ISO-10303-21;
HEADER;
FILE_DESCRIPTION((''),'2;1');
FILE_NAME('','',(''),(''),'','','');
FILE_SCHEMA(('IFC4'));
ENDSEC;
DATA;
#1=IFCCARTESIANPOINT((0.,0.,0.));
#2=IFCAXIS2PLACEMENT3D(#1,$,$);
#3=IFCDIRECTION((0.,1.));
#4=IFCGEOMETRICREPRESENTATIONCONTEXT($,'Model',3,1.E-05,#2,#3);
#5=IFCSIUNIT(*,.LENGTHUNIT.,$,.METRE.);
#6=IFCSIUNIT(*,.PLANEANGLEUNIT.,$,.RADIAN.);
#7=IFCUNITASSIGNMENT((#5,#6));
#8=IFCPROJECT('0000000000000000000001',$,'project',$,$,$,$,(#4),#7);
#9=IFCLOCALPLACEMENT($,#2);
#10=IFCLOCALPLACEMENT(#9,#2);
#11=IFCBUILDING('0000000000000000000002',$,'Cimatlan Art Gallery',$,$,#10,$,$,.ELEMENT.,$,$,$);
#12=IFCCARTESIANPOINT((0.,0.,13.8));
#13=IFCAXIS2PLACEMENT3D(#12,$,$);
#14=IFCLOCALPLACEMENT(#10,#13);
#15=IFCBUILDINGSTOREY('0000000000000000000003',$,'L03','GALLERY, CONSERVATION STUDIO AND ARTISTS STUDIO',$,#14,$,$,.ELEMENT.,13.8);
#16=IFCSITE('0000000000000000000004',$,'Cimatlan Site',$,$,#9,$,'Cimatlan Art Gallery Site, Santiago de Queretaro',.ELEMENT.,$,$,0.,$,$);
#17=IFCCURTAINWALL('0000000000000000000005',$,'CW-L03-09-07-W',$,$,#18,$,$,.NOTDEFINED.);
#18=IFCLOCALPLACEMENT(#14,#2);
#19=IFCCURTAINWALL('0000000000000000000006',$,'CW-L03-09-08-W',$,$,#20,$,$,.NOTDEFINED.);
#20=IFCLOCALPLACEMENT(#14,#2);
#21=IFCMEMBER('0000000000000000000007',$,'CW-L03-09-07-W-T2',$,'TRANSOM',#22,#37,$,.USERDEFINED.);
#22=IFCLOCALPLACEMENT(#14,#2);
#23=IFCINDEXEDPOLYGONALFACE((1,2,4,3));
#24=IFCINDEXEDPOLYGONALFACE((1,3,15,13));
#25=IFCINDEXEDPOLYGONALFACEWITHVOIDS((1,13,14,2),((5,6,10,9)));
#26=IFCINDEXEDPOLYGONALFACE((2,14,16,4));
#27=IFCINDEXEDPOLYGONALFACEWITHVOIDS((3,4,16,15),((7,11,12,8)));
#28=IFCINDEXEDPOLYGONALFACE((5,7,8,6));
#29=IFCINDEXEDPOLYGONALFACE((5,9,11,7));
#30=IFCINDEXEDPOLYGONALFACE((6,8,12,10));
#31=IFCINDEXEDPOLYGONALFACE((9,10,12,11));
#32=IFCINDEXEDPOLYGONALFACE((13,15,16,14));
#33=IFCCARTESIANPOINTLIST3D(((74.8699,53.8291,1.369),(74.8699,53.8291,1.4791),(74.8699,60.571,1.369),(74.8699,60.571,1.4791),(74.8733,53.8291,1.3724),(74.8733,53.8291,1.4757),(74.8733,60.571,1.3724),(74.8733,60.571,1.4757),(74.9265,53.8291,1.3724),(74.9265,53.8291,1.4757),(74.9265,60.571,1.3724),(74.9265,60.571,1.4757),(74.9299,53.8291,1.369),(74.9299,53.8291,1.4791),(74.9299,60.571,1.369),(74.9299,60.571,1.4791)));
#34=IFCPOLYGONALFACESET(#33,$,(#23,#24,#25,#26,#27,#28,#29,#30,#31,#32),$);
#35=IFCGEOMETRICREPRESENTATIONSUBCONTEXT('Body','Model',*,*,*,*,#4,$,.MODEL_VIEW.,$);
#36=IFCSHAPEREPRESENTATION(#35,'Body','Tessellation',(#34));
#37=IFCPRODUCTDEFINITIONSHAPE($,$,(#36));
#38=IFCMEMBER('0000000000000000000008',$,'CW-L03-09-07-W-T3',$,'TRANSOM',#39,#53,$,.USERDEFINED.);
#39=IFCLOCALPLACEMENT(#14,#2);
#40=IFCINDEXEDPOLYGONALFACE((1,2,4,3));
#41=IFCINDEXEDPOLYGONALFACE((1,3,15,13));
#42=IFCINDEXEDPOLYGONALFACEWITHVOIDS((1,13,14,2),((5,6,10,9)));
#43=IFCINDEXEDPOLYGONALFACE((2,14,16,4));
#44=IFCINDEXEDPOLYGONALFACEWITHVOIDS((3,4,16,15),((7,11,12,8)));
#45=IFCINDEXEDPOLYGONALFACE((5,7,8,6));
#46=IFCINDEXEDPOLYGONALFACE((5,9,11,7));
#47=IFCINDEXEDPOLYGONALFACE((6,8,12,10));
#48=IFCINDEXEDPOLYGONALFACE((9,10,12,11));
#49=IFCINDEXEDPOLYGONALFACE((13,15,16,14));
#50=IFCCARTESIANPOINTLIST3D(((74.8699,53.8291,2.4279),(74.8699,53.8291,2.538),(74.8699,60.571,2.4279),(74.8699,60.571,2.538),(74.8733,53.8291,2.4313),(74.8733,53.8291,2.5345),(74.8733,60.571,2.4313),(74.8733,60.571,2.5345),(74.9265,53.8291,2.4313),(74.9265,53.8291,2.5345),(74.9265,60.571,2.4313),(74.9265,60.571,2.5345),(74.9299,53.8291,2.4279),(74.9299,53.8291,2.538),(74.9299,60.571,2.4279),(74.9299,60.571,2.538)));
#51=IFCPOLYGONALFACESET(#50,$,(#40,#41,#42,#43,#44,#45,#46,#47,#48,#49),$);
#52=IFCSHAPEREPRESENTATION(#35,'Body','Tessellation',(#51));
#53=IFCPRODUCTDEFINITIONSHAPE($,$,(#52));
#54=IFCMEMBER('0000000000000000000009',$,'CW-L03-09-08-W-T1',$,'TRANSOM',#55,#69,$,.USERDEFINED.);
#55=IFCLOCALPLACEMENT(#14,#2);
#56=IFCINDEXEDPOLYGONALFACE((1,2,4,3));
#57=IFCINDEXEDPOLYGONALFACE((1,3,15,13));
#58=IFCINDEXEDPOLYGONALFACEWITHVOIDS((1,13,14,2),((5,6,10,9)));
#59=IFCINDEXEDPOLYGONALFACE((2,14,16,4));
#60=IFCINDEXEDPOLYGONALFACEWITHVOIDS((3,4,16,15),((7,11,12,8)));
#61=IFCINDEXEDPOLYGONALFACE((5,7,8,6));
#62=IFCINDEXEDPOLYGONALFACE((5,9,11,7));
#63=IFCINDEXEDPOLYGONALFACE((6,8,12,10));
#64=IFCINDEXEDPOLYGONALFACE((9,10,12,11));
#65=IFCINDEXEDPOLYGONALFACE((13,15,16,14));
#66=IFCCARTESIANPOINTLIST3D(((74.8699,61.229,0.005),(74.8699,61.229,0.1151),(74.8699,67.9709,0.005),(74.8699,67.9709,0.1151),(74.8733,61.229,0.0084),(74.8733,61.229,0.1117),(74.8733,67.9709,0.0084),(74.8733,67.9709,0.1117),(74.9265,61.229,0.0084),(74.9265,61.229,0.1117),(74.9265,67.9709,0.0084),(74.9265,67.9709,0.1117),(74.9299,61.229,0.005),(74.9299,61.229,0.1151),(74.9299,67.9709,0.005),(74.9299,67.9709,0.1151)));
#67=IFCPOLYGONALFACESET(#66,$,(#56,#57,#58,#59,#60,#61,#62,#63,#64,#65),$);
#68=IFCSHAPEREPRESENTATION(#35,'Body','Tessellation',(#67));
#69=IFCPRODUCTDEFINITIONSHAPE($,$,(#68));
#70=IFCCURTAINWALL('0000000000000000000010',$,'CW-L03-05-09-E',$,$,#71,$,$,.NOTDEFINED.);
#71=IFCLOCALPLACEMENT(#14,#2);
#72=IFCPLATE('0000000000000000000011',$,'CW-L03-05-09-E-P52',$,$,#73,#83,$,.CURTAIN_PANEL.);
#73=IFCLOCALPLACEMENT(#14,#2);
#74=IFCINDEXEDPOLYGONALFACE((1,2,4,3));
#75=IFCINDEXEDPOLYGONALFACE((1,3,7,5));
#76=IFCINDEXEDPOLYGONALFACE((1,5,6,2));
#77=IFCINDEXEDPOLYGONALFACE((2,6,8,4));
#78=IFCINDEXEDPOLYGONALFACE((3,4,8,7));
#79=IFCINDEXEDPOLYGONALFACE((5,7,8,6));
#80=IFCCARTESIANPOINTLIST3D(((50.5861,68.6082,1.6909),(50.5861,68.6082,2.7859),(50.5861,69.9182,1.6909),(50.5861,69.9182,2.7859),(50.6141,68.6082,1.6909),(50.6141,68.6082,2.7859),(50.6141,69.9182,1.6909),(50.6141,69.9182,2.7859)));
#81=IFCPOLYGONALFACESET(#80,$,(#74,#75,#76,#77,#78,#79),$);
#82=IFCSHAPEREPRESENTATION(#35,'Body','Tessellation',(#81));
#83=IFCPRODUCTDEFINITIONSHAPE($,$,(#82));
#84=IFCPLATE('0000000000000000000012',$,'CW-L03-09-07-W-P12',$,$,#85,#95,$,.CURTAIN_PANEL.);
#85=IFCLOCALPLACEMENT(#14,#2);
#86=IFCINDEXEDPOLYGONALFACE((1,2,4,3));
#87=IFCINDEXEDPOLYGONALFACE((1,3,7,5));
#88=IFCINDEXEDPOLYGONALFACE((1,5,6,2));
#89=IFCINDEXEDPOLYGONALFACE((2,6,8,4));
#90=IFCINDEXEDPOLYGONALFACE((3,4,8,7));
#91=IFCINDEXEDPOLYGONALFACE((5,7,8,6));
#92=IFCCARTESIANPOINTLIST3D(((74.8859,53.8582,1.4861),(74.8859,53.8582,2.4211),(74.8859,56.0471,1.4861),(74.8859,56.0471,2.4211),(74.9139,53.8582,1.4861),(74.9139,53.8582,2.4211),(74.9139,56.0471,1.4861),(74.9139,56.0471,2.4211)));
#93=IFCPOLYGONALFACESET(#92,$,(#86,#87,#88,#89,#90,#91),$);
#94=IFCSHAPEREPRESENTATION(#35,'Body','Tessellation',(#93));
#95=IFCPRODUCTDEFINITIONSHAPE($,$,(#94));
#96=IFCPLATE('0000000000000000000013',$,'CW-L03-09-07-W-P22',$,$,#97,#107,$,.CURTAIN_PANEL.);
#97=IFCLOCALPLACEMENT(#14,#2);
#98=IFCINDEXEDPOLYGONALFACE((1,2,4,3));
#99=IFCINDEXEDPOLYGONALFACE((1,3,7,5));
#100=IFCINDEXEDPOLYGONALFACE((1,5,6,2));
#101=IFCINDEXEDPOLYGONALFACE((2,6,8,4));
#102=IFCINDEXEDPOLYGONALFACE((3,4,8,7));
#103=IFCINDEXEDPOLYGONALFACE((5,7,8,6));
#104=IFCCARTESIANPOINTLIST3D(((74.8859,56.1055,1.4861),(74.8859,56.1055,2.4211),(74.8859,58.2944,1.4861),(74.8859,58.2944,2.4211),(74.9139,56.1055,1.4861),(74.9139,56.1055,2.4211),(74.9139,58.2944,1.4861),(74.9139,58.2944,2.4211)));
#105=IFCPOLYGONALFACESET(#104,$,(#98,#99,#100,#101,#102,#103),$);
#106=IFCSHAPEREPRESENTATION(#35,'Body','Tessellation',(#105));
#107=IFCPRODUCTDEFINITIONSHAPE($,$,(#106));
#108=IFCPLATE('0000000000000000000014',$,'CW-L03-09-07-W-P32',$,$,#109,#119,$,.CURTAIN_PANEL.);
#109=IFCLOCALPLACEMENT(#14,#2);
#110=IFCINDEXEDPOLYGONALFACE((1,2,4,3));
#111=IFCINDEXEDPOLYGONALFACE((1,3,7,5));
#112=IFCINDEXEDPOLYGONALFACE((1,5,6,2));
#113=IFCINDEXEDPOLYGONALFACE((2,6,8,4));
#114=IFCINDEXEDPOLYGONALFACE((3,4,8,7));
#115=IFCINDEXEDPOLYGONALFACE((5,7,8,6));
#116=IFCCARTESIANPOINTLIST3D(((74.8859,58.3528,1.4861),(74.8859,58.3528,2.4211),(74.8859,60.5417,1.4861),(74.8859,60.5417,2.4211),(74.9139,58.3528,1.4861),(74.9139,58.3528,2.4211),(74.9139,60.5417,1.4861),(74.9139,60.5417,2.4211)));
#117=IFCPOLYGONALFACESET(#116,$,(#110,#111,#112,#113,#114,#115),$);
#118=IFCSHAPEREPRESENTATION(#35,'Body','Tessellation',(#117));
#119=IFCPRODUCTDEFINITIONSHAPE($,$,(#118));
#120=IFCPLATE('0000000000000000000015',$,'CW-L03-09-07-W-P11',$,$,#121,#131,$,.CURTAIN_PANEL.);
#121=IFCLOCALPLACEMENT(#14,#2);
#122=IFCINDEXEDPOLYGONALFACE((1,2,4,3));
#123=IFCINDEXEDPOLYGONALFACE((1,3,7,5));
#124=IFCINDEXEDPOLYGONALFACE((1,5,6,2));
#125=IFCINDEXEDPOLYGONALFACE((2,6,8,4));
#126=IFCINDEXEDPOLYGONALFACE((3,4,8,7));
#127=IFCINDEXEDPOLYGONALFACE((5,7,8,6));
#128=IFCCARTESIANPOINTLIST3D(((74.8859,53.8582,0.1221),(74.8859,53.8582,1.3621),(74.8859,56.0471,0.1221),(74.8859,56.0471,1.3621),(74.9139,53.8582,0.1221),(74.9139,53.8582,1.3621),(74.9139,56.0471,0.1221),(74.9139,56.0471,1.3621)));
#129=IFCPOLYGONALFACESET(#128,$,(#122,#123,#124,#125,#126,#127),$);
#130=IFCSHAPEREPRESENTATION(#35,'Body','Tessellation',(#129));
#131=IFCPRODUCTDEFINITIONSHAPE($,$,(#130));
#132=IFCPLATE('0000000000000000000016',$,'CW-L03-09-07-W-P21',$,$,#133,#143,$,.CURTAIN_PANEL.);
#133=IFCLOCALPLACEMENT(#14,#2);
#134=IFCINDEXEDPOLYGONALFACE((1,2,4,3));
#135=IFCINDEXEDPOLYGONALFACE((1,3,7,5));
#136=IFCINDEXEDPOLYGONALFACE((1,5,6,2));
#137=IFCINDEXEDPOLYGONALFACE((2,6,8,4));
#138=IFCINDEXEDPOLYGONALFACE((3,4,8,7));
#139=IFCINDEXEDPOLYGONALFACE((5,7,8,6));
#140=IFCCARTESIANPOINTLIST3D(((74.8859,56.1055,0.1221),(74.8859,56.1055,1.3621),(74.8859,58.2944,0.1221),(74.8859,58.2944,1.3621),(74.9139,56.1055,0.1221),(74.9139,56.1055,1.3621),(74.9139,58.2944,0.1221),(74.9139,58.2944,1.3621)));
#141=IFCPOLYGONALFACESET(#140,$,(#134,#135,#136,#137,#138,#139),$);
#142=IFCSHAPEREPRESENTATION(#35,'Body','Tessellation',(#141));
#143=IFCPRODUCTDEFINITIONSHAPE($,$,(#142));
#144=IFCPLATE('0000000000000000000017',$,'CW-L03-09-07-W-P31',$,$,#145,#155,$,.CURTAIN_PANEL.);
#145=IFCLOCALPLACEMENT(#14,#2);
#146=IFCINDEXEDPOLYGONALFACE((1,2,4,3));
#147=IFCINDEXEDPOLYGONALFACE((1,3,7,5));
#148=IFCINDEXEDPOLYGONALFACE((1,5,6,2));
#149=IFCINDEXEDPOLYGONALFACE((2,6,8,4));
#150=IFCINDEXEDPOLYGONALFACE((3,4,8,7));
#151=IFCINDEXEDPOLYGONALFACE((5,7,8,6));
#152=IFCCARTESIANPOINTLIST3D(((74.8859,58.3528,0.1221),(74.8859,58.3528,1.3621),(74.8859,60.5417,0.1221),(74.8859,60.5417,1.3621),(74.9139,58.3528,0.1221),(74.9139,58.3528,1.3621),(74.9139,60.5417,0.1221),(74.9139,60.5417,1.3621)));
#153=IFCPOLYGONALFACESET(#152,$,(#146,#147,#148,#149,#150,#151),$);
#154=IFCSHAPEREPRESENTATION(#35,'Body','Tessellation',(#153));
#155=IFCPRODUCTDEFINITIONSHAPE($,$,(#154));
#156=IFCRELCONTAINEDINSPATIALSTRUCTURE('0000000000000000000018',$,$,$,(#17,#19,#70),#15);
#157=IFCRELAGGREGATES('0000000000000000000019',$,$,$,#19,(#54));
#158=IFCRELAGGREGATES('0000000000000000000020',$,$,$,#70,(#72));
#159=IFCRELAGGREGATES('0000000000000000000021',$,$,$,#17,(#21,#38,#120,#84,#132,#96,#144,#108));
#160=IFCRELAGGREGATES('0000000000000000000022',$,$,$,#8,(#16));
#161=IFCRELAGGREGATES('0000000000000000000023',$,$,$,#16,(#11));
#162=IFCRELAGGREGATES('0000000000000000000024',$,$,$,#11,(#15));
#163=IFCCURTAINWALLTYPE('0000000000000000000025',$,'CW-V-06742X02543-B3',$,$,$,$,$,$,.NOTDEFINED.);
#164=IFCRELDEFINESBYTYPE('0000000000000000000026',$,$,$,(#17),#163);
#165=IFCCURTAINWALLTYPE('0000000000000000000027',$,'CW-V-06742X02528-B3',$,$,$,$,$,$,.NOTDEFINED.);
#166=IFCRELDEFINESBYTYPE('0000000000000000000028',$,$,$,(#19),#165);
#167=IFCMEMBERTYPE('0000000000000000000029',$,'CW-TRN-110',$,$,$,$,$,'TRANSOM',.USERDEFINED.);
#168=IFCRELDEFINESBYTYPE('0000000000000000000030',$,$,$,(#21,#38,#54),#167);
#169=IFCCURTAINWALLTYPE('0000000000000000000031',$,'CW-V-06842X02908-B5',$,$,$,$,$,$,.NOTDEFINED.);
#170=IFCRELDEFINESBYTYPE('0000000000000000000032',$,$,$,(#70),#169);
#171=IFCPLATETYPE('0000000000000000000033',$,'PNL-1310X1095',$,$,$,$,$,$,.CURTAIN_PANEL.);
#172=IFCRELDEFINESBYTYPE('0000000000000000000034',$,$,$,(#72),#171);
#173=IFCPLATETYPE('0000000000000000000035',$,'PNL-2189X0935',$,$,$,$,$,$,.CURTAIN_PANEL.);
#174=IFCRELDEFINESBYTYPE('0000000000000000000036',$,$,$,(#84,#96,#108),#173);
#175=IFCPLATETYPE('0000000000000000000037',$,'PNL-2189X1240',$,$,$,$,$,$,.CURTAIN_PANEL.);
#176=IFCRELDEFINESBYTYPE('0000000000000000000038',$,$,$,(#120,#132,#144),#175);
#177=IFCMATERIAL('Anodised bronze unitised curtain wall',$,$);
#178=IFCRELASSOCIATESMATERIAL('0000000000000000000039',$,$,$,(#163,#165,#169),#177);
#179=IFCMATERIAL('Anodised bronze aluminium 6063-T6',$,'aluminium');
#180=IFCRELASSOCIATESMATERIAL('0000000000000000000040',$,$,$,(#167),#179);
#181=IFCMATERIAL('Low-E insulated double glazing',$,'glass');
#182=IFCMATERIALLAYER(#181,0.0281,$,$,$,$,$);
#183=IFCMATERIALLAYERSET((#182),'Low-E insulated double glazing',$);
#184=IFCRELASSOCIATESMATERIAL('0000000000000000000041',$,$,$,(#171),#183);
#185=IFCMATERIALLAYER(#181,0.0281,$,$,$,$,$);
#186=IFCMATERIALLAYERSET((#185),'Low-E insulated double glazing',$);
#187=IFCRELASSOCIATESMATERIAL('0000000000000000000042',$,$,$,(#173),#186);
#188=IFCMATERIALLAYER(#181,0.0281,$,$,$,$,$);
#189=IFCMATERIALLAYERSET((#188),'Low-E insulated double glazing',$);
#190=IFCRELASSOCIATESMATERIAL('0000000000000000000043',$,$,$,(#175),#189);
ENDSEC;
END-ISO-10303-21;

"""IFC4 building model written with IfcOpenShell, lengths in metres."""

from ifc_helpers import new_model, si_unit, direction, frame, origin, origin_2d, place, context, subcontext, project, spatial, rectangle, hollow_rectangle, extrude, material, layer, layer_set, material_profile, profile_set, type_object, element, aggregate, save


model = new_model("IFC4")

# Units and contexts
model_context = context("Model", 3, precision=1e-05, world=origin(), true_north=direction((0.0, 1.0)))
body_context = subcontext(model_context, "Body", "Model", "MODEL_VIEW")
ifc_project = project(units=[si_unit("LENGTHUNIT", "METRE"), si_unit("PLANEANGLEUNIT", "RADIAN")], contexts=[model_context])

# Site, building, storey
site_placement = place(None, origin())
site = spatial("IfcSite", under=ifc_project, at=site_placement, Name="Cimatlan Site", LongName="Cimatlan Art Gallery Site, Santiago de Queretaro", CompositionType="ELEMENT", RefElevation=0.0)
building_placement = place(site_placement, origin())
building = spatial("IfcBuilding", under=site, at=building_placement, Name="Cimatlan Art Gallery", CompositionType="ELEMENT")
storey_placement = place(building_placement, frame((0.0, 0.0, 13.8)))
storey = spatial("IfcBuildingStorey", under=building, at=storey_placement, Name="L03", Description="GALLERY, CONSERVATION STUDIO AND ARTISTS STUDIO", CompositionType="ELEMENT", Elevation=13.8)

# Shared definitions
ifc_material_1 = material(Name="Anodised bronze unitised curtain wall")
ifc_material_2 = material(Name="Anodised bronze aluminium 6063-T6", Category="aluminium")

# Curtain wall
curtain_wall_type_1 = type_object("IfcCurtainWallType", Name="CW-V-06742X02543-B3", PredefinedType="NOTDEFINED", material=ifc_material_1)
curtain_wall_1_placement = place(storey_placement, origin())
curtain_wall_1 = element("IfcCurtainWall", 1, at=curtain_wall_1_placement, inside=storey, type_object=curtain_wall_type_1, Name="CW-L03-09-07-W", PredefinedType="NOTDEFINED")

# Curtain wall
curtain_wall_type_2 = type_object("IfcCurtainWallType", Name="CW-V-06742X02528-B3", PredefinedType="NOTDEFINED", material=ifc_material_1)
curtain_wall_2_placement = place(storey_placement, origin())
curtain_wall_2 = element("IfcCurtainWall", 2, at=curtain_wall_2_placement, inside=storey, type_object=curtain_wall_type_2, Name="CW-L03-09-08-W", PredefinedType="NOTDEFINED")

# Members
ifc_material_profile_1 = material_profile(ifc_material_2, hollow_rectangle(XDim=0.0601, YDim=0.1101, WallThickness=0.0034, at=origin_2d()), Name="ALU60X110X3")
ifc_profile_set_1 = profile_set([ifc_material_profile_1], Name="Anodised bronze aluminium 6063-T6")
member_type_1 = type_object("IfcMemberType", Name="CW-TRN-110", ElementType="TRANSOM", PredefinedType="USERDEFINED", material=ifc_profile_set_1)
member_1_placement = place(storey_placement, frame((74.8999, 53.8291, 1.4241), z_axis=(0.0, 1.0, 0.0), x_axis=(-1.0, 0.0, 0.0)))
member_1 = element("IfcMember", 3, at=member_1_placement, type_object=member_type_1, Name="CW-L03-09-07-W-T2", ObjectType="TRANSOM", PredefinedType="USERDEFINED", context=body_context, shape_type="SweptSolid", body=[
    extrude(hollow_rectangle(XDim=0.0601, YDim=0.1101, WallThickness=0.0034, at=origin_2d()), origin(), (0.0, 0.0, 1.0), 6.7419),
])
member_2_placement = place(storey_placement, frame((74.8999, 53.8291, 2.4829), z_axis=(0.0, 1.0, 0.0), x_axis=(-1.0, 0.0, 0.0)))
member_2 = element("IfcMember", 4, at=member_2_placement, type_object=member_type_1, Name="CW-L03-09-07-W-T3", ObjectType="TRANSOM", PredefinedType="USERDEFINED", context=body_context, shape_type="SweptSolid", body=[
    extrude(hollow_rectangle(XDim=0.0601, YDim=0.1101, WallThickness=0.0034, at=origin_2d()), origin(), (0.0, 0.0, 1.0), 6.7419),
])
member_3_placement = place(storey_placement, frame((74.8999, 61.229, 0.0601), z_axis=(0.0, 1.0, 0.0), x_axis=(-1.0, 0.0, 0.0)))
member_3 = element("IfcMember", 5, at=member_3_placement, type_object=member_type_1, Name="CW-L03-09-08-W-T1", ObjectType="TRANSOM", PredefinedType="USERDEFINED", context=body_context, shape_type="SweptSolid", body=[
    extrude(hollow_rectangle(XDim=0.0601, YDim=0.1101, WallThickness=0.0034, at=origin_2d()), origin(), (0.0, 0.0, 1.0), 6.7419),
])
aggregate(curtain_wall_2, [member_3])

# Curtain wall, plate
curtain_wall_type_3 = type_object("IfcCurtainWallType", Name="CW-V-06842X02908-B5", PredefinedType="NOTDEFINED", material=ifc_material_1)
curtain_wall_3_placement = place(storey_placement, origin())
curtain_wall_3 = element("IfcCurtainWall", 6, at=curtain_wall_3_placement, inside=storey, type_object=curtain_wall_type_3, Name="CW-L03-05-09-E", PredefinedType="NOTDEFINED")
ifc_material_3 = material(Name="Low-E insulated double glazing", Category="glass")
ifc_layer_1 = layer(ifc_material_3, 0.0281)
ifc_layer_set_1 = layer_set([ifc_layer_1], Name="Low-E insulated double glazing")
plate_type_1 = type_object("IfcPlateType", Name="PNL-1310X1095", PredefinedType="CURTAIN_PANEL", material=ifc_layer_set_1)
plate_1_placement = place(storey_placement, frame((50.6001, 69.2632, 1.6909), z_axis=(0.0, 0.0, 1.0), x_axis=(0.0, -1.0, 0.0)))
plate_1 = element("IfcPlate", 7, at=plate_1_placement, type_object=plate_type_1, Name="CW-L03-05-09-E-P52", PredefinedType="CURTAIN_PANEL", context=body_context, shape_type="SweptSolid", body=[
    extrude(rectangle(XDim=1.3101, YDim=0.0281, at=origin_2d()), origin(), (0.0, 0.0, 1.0), 1.095),
])
aggregate(curtain_wall_3, [plate_1])

# Plates
ifc_layer_2 = layer(ifc_material_3, 0.0281)
ifc_layer_set_2 = layer_set([ifc_layer_2], Name="Low-E insulated double glazing")
plate_type_2 = type_object("IfcPlateType", Name="PNL-2189X0935", PredefinedType="CURTAIN_PANEL", material=ifc_layer_set_2)
plate_2_placement = place(storey_placement, frame((74.8999, 54.9526, 1.4861), z_axis=(0.0, 0.0, 1.0), x_axis=(0.0, 1.0, 0.0)))
plate_2 = element("IfcPlate", 8, at=plate_2_placement, type_object=plate_type_2, Name="CW-L03-09-07-W-P12", PredefinedType="CURTAIN_PANEL", context=body_context, shape_type="SweptSolid", body=[
    extrude(rectangle(XDim=2.189, YDim=0.0281, at=origin_2d()), origin(), (0.0, 0.0, 1.0), 0.9351),
])
plate_3_placement = place(storey_placement, frame((74.8999, 57.2, 1.4861), z_axis=(0.0, 0.0, 1.0), x_axis=(0.0, 1.0, 0.0)))
plate_3 = element("IfcPlate", 9, at=plate_3_placement, type_object=plate_type_2, Name="CW-L03-09-07-W-P22", PredefinedType="CURTAIN_PANEL", context=body_context, shape_type="SweptSolid", body=[
    extrude(rectangle(XDim=2.189, YDim=0.0281, at=origin_2d()), origin(), (0.0, 0.0, 1.0), 0.9351),
])
plate_4_placement = place(storey_placement, frame((74.8999, 59.4473, 1.4861), z_axis=(0.0, 0.0, 1.0), x_axis=(0.0, 1.0, 0.0)))
plate_4 = element("IfcPlate", 10, at=plate_4_placement, type_object=plate_type_2, Name="CW-L03-09-07-W-P32", PredefinedType="CURTAIN_PANEL", context=body_context, shape_type="SweptSolid", body=[
    extrude(rectangle(XDim=2.189, YDim=0.0281, at=origin_2d()), origin(), (0.0, 0.0, 1.0), 0.9351),
])
ifc_layer_3 = layer(ifc_material_3, 0.0281)
ifc_layer_set_3 = layer_set([ifc_layer_3], Name="Low-E insulated double glazing")
plate_type_3 = type_object("IfcPlateType", Name="PNL-2189X1240", PredefinedType="CURTAIN_PANEL", material=ifc_layer_set_3)
plate_5_placement = place(storey_placement, frame((74.8999, 54.9526, 0.1221), z_axis=(0.0, 0.0, 1.0), x_axis=(0.0, 1.0, 0.0)))
plate_5 = element("IfcPlate", 11, at=plate_5_placement, type_object=plate_type_3, Name="CW-L03-09-07-W-P11", PredefinedType="CURTAIN_PANEL", context=body_context, shape_type="SweptSolid", body=[
    extrude(rectangle(XDim=2.189, YDim=0.0281, at=origin_2d()), origin(), (0.0, 0.0, 1.0), 1.24),
])
plate_6_placement = place(storey_placement, frame((74.8999, 57.2, 0.1221), z_axis=(0.0, 0.0, 1.0), x_axis=(0.0, 1.0, 0.0)))
plate_6 = element("IfcPlate", 12, at=plate_6_placement, type_object=plate_type_3, Name="CW-L03-09-07-W-P21", PredefinedType="CURTAIN_PANEL", context=body_context, shape_type="SweptSolid", body=[
    extrude(rectangle(XDim=2.189, YDim=0.0281, at=origin_2d()), origin(), (0.0, 0.0, 1.0), 1.24),
])
plate_7_placement = place(storey_placement, frame((74.8999, 59.4473, 0.1221), z_axis=(0.0, 0.0, 1.0), x_axis=(0.0, 1.0, 0.0)))
plate_7 = element("IfcPlate", 13, at=plate_7_placement, type_object=plate_type_3, Name="CW-L03-09-07-W-P31", PredefinedType="CURTAIN_PANEL", context=body_context, shape_type="SweptSolid", body=[
    extrude(rectangle(XDim=2.189, YDim=0.0281, at=origin_2d()), origin(), (0.0, 0.0, 1.0), 1.24),
])
aggregate(curtain_wall_1, [member_1, member_2, plate_5, plate_2, plate_6, plate_3, plate_7, plate_4])

save(model, "model.ifc")
